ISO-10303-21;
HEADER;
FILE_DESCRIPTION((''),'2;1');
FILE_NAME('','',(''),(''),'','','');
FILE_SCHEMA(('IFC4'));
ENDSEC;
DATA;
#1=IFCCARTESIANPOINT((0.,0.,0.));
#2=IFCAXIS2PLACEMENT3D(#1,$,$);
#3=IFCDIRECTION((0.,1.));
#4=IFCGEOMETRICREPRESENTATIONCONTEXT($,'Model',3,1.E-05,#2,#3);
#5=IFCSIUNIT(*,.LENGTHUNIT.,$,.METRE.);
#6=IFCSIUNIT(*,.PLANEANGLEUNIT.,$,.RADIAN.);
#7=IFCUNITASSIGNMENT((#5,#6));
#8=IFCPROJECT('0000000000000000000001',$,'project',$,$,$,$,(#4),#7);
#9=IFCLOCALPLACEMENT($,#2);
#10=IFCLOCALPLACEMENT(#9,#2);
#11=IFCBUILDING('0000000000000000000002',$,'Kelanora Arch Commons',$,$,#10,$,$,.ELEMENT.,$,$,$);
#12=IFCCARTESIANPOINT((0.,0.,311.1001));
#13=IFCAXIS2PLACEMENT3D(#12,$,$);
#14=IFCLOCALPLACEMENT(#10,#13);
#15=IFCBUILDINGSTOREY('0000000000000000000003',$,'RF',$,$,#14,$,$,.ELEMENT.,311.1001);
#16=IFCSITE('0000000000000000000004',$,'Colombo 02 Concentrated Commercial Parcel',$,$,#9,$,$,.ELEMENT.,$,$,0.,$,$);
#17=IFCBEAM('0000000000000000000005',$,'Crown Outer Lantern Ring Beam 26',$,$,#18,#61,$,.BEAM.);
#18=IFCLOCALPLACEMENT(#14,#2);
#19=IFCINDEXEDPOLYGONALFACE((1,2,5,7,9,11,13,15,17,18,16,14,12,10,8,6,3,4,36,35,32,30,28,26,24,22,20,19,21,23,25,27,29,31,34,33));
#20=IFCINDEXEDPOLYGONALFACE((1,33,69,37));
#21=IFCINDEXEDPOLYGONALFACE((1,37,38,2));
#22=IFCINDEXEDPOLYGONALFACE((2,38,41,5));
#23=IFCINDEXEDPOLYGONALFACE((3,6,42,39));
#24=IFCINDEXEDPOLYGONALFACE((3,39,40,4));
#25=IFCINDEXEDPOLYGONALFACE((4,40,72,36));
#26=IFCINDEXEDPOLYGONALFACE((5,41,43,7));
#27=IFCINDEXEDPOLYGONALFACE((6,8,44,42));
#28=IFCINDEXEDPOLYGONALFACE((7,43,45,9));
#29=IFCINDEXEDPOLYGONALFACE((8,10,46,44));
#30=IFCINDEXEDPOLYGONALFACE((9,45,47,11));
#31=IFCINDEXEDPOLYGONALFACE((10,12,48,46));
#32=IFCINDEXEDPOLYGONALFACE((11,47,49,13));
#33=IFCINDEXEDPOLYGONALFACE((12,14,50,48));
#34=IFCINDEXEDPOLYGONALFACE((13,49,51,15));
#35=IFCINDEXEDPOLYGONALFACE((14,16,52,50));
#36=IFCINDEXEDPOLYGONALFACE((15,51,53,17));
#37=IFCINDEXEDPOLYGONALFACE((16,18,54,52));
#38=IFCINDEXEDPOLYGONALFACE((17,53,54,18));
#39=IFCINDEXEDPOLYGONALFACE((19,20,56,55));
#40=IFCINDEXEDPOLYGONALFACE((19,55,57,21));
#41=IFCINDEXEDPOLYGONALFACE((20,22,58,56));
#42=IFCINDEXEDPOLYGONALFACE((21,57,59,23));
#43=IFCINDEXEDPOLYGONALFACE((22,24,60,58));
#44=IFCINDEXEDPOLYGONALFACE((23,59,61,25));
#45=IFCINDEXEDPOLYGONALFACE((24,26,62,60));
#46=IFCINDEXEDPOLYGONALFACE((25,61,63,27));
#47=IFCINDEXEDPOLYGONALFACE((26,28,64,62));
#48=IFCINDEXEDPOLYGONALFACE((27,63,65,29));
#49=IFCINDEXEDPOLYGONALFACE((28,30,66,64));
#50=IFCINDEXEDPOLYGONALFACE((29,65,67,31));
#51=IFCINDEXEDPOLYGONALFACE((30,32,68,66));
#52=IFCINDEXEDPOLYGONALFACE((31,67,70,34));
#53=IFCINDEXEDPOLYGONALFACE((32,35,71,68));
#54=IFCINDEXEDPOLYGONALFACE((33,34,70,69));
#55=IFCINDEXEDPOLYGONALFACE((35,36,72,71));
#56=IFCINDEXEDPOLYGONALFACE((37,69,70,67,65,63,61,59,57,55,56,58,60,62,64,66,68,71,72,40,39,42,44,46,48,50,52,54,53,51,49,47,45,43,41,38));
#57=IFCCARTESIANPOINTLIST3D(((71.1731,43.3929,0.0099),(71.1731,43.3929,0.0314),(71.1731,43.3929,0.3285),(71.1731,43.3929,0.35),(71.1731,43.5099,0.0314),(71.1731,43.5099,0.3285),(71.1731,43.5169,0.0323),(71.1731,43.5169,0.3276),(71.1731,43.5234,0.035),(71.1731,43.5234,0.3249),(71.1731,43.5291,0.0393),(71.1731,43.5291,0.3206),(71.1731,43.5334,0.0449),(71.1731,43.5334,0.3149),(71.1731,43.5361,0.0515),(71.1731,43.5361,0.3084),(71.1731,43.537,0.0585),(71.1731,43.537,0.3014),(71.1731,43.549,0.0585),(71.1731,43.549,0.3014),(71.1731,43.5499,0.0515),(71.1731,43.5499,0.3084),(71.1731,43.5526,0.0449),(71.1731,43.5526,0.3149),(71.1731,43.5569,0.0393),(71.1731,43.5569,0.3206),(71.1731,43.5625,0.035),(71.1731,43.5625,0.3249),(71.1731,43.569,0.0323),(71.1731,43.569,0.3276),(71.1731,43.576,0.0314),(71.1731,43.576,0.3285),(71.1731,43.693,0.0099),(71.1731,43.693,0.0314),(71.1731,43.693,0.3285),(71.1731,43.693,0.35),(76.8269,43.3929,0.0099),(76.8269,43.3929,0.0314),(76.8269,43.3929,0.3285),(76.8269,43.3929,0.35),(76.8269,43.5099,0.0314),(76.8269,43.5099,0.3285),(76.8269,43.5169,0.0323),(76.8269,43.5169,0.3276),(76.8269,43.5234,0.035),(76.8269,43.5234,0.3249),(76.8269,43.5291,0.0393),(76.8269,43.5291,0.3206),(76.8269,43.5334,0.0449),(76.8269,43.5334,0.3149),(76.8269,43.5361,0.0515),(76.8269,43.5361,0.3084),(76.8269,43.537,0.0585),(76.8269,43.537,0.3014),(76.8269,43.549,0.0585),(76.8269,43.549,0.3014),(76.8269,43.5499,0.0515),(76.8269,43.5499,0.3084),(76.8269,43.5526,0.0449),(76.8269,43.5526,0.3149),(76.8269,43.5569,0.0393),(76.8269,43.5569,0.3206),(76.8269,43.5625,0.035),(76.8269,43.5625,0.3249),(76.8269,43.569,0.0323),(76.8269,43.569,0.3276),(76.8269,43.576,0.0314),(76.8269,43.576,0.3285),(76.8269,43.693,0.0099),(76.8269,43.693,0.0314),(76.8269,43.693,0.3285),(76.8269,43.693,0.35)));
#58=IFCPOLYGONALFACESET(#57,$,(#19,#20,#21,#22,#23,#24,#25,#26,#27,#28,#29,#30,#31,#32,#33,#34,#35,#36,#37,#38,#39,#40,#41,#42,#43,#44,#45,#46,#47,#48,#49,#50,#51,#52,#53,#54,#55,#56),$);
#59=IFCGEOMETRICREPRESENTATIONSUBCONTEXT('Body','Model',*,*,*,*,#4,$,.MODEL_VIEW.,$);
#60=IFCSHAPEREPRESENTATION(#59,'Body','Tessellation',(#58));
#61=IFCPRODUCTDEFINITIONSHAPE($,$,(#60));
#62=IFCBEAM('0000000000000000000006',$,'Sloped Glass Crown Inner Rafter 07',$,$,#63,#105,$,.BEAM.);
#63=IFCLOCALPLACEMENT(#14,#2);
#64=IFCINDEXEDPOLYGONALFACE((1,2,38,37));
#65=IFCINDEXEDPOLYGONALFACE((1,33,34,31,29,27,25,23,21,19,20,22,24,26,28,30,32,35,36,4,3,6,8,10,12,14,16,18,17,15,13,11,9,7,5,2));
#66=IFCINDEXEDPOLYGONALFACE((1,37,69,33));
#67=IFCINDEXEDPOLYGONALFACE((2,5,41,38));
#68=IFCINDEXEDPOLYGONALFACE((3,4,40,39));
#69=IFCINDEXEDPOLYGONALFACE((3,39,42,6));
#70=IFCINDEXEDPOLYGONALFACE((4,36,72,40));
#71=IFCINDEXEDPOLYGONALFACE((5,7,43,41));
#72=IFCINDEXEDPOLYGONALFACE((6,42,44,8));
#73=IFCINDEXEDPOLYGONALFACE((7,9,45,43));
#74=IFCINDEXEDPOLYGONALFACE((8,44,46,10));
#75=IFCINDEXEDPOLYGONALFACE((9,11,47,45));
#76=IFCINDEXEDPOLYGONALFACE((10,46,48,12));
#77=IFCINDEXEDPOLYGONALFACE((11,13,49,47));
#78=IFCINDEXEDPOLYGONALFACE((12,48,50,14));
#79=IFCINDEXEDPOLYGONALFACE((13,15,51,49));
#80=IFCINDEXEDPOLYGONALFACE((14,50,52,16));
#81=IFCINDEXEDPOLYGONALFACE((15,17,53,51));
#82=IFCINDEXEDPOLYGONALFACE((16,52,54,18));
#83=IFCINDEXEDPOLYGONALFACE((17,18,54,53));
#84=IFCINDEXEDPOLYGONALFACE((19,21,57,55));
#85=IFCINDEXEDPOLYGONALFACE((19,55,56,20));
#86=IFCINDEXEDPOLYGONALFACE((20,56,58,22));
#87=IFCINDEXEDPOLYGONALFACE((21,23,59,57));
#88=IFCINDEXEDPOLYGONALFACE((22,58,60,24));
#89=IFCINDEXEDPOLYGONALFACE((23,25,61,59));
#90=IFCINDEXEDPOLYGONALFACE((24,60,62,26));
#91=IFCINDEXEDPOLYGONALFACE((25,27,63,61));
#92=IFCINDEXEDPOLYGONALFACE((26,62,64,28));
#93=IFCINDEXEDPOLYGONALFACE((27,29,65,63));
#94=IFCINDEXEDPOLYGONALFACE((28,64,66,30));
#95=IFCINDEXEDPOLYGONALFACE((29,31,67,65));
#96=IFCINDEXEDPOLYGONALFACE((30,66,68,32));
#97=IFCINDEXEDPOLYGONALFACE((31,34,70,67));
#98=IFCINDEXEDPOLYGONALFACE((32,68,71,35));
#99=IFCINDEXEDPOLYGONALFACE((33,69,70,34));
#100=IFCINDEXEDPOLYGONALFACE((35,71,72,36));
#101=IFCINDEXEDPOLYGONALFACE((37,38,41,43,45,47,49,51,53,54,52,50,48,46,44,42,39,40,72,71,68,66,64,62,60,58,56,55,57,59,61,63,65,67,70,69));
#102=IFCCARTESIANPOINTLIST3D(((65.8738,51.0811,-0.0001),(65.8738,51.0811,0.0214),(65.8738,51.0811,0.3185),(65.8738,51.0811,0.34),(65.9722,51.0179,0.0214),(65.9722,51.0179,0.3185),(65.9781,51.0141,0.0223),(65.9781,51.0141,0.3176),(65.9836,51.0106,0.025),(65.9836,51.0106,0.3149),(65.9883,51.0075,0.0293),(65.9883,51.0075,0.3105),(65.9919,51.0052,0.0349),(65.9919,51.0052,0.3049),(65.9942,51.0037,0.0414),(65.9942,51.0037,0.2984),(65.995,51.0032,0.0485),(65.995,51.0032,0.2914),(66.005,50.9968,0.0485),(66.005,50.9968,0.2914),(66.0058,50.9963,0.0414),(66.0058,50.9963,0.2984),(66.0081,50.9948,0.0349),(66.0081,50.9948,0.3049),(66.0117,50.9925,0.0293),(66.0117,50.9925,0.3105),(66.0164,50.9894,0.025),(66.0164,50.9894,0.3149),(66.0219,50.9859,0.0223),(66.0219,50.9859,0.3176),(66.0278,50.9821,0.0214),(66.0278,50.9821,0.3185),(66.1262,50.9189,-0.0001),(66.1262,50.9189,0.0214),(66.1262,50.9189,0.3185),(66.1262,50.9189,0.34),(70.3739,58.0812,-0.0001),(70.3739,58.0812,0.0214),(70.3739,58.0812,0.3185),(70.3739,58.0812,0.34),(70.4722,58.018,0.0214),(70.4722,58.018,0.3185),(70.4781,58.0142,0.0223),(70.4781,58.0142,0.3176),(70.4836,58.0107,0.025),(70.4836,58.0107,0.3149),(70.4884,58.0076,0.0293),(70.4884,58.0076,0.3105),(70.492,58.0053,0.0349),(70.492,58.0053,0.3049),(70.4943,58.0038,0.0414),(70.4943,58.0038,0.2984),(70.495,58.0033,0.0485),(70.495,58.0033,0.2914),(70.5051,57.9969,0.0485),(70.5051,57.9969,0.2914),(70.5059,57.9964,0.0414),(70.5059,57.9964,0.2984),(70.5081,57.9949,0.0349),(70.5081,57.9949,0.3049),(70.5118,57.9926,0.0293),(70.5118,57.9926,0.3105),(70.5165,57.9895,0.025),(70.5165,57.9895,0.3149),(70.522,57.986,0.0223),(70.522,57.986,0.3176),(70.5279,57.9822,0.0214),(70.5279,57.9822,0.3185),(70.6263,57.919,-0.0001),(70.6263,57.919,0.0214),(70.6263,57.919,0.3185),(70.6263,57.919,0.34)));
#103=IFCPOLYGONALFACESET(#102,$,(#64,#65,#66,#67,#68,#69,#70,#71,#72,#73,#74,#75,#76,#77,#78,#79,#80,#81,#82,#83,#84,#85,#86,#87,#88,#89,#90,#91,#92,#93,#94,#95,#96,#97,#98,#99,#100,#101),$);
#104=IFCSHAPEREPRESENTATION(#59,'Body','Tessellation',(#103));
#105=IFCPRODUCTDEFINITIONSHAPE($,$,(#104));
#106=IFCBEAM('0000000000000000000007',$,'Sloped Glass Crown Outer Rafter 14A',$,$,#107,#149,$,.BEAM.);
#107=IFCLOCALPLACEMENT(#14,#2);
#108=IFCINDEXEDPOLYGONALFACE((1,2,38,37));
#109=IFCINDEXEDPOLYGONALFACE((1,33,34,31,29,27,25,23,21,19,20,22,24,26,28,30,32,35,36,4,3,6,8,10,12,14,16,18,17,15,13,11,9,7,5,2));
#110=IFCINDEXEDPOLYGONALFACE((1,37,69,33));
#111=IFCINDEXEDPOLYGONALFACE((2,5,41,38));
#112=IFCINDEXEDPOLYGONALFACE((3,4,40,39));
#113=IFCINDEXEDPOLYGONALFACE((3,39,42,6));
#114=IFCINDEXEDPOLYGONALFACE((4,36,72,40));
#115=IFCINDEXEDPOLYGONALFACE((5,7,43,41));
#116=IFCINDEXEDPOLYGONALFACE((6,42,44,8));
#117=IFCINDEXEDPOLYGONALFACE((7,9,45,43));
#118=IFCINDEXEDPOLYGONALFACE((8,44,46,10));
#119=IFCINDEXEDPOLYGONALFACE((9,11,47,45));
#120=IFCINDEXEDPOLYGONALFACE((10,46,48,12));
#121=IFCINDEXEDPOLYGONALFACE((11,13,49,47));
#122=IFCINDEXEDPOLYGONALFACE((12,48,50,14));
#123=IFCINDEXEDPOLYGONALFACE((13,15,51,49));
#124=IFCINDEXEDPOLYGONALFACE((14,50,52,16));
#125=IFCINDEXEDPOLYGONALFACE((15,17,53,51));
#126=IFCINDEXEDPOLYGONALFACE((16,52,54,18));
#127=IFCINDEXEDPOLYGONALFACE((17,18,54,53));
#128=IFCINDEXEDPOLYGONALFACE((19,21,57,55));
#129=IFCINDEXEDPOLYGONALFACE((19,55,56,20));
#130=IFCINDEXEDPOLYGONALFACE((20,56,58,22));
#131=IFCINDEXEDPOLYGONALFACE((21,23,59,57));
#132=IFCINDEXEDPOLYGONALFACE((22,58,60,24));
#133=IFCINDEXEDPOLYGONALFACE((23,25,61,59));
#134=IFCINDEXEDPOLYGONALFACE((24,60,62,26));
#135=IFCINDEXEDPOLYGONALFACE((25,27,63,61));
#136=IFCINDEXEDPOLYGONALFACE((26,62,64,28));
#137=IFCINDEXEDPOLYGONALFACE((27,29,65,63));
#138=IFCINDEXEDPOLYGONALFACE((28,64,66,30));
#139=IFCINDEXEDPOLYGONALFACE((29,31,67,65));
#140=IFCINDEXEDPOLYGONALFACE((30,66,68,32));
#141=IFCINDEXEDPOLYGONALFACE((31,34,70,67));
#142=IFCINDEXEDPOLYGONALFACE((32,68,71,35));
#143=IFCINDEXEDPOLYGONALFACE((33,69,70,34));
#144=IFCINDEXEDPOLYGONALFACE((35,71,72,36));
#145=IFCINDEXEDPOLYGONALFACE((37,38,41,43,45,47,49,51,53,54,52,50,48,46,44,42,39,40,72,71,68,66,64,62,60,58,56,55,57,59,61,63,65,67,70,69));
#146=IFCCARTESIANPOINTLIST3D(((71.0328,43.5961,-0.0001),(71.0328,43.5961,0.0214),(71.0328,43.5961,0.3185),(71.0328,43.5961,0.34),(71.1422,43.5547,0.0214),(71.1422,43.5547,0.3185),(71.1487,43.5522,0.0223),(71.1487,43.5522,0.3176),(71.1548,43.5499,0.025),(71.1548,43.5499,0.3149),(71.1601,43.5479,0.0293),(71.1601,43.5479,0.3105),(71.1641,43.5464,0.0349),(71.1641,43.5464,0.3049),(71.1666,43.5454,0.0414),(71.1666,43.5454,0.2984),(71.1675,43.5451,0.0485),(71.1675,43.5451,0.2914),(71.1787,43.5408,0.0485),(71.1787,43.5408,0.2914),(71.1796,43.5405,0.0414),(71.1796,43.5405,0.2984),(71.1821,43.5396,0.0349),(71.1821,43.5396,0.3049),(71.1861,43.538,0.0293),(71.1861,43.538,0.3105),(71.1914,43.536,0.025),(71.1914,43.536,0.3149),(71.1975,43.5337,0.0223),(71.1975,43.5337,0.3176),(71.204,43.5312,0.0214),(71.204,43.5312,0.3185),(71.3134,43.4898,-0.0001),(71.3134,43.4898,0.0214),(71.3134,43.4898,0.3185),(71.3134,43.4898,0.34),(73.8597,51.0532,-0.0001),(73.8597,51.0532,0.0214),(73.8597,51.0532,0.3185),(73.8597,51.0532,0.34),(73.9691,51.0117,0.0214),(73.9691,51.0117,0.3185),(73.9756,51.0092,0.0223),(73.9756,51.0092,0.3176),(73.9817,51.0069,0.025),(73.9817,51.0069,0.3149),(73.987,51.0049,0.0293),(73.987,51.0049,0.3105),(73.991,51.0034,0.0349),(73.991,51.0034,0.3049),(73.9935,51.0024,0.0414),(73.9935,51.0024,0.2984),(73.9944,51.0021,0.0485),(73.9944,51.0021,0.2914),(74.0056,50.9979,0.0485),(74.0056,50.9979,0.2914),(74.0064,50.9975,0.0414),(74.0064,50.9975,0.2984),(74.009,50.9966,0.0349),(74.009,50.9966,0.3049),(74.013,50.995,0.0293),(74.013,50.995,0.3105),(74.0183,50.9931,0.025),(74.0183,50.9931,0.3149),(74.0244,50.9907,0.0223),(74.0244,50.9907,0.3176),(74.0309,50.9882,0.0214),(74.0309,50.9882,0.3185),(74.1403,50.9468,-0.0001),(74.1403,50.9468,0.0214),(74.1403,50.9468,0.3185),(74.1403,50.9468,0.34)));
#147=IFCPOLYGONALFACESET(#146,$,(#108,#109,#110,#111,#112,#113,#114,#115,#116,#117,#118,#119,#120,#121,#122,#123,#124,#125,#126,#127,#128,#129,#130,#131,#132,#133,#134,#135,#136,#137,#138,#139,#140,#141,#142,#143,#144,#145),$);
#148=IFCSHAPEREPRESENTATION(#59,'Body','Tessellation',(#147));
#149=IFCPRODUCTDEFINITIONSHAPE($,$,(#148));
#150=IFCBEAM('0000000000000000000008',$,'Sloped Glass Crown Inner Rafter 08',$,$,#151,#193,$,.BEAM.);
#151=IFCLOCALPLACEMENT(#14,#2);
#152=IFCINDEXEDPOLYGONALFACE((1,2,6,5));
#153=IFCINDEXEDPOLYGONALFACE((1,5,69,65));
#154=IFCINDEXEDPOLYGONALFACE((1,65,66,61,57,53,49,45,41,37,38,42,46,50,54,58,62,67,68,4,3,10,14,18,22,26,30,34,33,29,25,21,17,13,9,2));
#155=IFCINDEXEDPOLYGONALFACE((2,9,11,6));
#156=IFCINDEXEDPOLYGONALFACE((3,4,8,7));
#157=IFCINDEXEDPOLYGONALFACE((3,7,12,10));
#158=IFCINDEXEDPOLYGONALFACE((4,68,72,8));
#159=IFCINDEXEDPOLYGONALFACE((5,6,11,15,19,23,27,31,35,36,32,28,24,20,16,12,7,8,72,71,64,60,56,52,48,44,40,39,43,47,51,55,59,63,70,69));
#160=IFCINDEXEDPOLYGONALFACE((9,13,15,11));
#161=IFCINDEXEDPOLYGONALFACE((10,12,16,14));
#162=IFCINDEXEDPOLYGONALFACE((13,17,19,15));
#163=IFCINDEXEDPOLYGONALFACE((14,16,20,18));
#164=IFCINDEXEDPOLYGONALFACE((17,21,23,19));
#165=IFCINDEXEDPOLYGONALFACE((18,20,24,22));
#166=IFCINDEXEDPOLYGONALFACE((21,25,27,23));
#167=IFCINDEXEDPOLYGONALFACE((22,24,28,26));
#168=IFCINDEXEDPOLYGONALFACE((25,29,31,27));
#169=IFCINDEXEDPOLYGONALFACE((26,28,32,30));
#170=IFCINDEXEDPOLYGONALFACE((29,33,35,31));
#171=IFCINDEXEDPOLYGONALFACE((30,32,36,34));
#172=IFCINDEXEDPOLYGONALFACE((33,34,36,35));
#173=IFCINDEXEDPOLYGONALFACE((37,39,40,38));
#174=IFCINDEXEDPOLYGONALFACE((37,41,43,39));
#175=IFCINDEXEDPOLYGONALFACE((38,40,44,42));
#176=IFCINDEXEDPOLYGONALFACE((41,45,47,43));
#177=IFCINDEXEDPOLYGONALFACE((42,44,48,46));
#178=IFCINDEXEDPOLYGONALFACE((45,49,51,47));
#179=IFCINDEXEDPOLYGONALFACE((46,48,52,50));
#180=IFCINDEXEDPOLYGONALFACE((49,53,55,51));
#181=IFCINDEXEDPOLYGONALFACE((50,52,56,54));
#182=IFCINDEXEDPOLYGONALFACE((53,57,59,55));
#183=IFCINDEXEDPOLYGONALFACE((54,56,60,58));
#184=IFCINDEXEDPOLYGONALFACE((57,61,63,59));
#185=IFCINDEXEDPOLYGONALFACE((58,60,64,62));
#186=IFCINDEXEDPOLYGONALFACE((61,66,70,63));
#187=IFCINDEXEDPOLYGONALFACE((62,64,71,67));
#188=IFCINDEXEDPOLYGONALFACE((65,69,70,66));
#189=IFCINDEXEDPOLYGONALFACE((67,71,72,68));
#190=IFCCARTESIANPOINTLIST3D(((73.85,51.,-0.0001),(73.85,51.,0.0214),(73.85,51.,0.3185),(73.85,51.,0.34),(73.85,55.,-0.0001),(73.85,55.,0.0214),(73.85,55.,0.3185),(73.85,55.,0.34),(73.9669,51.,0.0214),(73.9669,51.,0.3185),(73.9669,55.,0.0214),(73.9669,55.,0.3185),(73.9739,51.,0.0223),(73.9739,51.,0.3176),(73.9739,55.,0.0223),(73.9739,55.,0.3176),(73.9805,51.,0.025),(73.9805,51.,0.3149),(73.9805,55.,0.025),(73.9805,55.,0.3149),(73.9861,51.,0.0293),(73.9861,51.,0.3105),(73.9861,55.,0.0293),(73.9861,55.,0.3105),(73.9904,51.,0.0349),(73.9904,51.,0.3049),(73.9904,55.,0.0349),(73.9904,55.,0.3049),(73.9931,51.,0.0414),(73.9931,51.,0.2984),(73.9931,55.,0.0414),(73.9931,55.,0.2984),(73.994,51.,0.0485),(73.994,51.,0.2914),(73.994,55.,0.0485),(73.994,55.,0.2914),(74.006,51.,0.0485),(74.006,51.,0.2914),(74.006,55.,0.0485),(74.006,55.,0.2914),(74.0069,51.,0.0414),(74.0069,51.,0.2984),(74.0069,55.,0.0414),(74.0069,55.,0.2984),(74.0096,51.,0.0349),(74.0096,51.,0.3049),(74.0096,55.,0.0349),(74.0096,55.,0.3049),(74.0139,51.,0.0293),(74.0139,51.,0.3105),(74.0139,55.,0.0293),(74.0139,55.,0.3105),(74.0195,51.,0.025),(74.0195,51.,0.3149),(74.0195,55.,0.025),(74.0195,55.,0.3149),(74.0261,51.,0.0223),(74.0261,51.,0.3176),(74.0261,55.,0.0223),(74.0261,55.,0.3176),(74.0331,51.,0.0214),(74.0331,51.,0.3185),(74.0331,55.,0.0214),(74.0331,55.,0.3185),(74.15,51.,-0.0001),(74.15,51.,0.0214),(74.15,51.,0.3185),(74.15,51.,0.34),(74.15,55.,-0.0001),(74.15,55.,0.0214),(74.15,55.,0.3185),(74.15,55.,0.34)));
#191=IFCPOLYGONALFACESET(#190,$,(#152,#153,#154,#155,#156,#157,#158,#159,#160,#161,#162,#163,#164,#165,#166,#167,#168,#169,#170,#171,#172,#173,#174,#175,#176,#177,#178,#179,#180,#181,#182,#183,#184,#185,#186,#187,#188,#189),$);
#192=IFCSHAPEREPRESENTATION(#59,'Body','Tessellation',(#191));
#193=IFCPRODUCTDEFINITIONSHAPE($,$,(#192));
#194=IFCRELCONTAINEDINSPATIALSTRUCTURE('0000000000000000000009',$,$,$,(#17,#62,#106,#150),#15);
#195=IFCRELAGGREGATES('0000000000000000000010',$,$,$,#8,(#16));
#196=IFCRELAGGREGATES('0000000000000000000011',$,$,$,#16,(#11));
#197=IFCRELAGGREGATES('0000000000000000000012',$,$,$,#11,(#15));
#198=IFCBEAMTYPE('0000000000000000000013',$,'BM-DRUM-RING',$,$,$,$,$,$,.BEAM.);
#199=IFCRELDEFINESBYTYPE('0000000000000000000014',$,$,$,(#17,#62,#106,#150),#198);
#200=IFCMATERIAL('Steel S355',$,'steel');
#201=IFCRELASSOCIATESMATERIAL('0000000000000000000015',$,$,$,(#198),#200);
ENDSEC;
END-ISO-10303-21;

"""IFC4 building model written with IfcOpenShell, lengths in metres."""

from ifc_helpers import new_model, si_unit, direction, frame, origin, origin_2d, place, context, subcontext, project, spatial, i_section, extrude, material, material_profile, profile_set, type_object, element, save


model = new_model("IFC4")

# Units and contexts
model_context = context("Model", 3, precision=1e-05, world=origin(), true_north=direction((0.0, 1.0)))
body_context = subcontext(model_context, "Body", "Model", "MODEL_VIEW")
ifc_project = project(units=[si_unit("LENGTHUNIT", "METRE"), si_unit("PLANEANGLEUNIT", "RADIAN")], contexts=[model_context])

# Site, building, storey
site_placement = place(None, origin())
site = spatial("IfcSite", under=ifc_project, at=site_placement, Name="Colombo 02 Concentrated Commercial Parcel", CompositionType="ELEMENT", RefElevation=0.0)
building_placement = place(site_placement, origin())
building = spatial("IfcBuilding", under=site, at=building_placement, Name="Kelanora Arch Commons", CompositionType="ELEMENT")
storey_placement = place(building_placement, frame((0.0, 0.0, 311.1001)))
storey = spatial("IfcBuildingStorey", under=building, at=storey_placement, Name="RF", CompositionType="ELEMENT", Elevation=311.1001)

# Beams
ifc_material_1 = material(Name="Steel S355", Category="steel")
ifc_material_profile_1 = material_profile(ifc_material_1, i_section(OverallWidth=0.3, OverallDepth=0.3401, WebThickness=0.012, FlangeThickness=0.0215, FilletRadius=0.0271, at=origin_2d()), Name="HEB340")
ifc_profile_set_1 = profile_set([ifc_material_profile_1], Name="Steel S355")
beam_type_1 = type_object("IfcBeamType", Name="BM-DRUM-RING", PredefinedType="BEAM", material=ifc_profile_set_1)
beam_1_placement = place(storey_placement, frame((71.1731, 43.543, 0.1799), z_axis=(1.0, 0.0, 0.0), x_axis=(0.0, 1.0, 0.0)))
element("IfcBeam", 1, at=beam_1_placement, inside=storey, type_object=beam_type_1, Name="Crown Outer Lantern Ring Beam 26", PredefinedType="BEAM", context=body_context, shape_type="SweptSolid", body=[
    extrude(i_section(OverallWidth=0.3, OverallDepth=0.3401, WebThickness=0.012, FlangeThickness=0.0215, FilletRadius=0.0271, at=origin_2d()), origin(), (0.0, 0.0, 1.0), 5.6538),
])
beam_2_placement = place(storey_placement, frame((66.0, 51.0, 0.1699), z_axis=(0.540758, 0.841178, 0.0), x_axis=(-0.841178, 0.540758, 0.0)))
element("IfcBeam", 2, at=beam_2_placement, inside=storey, type_object=beam_type_1, Name="Sloped Glass Crown Inner Rafter 07", PredefinedType="BEAM", context=body_context, shape_type="SweptSolid", body=[
    extrude(i_section(OverallWidth=0.3, OverallDepth=0.3401, WebThickness=0.012, FlangeThickness=0.0215, FilletRadius=0.0271, at=origin_2d()), origin(), (0.0, 0.0, 1.0), 8.3218),
])
beam_3_placement = place(storey_placement, frame((71.1731, 43.543, 0.1699), z_axis=(0.354476, 0.935065, 0.0), x_axis=(-0.935065, 0.354476, 0.0)))
element("IfcBeam", 3, at=beam_3_placement, inside=storey, type_object=beam_type_1, Name="Sloped Glass Crown Outer Rafter 14A", PredefinedType="BEAM", context=body_context, shape_type="SweptSolid", body=[
    extrude(i_section(OverallWidth=0.3, OverallDepth=0.3401, WebThickness=0.012, FlangeThickness=0.0215, FilletRadius=0.0271, at=origin_2d()), origin(), (0.0, 0.0, 1.0), 7.9749),
])
beam_4_placement = place(storey_placement, frame((74.0, 51.0, 0.1699), z_axis=(0.0, 1.0, 0.0), x_axis=(-1.0, 0.0, 0.0)))
element("IfcBeam", 4, at=beam_4_placement, inside=storey, type_object=beam_type_1, Name="Sloped Glass Crown Inner Rafter 08", PredefinedType="BEAM", context=body_context, shape_type="SweptSolid", body=[
    extrude(i_section(OverallWidth=0.3, OverallDepth=0.3401, WebThickness=0.012, FlangeThickness=0.0215, FilletRadius=0.0271, at=origin_2d()), origin(), (0.0, 0.0, 1.0), 4.0),
])

save(model, "model.ifc")
